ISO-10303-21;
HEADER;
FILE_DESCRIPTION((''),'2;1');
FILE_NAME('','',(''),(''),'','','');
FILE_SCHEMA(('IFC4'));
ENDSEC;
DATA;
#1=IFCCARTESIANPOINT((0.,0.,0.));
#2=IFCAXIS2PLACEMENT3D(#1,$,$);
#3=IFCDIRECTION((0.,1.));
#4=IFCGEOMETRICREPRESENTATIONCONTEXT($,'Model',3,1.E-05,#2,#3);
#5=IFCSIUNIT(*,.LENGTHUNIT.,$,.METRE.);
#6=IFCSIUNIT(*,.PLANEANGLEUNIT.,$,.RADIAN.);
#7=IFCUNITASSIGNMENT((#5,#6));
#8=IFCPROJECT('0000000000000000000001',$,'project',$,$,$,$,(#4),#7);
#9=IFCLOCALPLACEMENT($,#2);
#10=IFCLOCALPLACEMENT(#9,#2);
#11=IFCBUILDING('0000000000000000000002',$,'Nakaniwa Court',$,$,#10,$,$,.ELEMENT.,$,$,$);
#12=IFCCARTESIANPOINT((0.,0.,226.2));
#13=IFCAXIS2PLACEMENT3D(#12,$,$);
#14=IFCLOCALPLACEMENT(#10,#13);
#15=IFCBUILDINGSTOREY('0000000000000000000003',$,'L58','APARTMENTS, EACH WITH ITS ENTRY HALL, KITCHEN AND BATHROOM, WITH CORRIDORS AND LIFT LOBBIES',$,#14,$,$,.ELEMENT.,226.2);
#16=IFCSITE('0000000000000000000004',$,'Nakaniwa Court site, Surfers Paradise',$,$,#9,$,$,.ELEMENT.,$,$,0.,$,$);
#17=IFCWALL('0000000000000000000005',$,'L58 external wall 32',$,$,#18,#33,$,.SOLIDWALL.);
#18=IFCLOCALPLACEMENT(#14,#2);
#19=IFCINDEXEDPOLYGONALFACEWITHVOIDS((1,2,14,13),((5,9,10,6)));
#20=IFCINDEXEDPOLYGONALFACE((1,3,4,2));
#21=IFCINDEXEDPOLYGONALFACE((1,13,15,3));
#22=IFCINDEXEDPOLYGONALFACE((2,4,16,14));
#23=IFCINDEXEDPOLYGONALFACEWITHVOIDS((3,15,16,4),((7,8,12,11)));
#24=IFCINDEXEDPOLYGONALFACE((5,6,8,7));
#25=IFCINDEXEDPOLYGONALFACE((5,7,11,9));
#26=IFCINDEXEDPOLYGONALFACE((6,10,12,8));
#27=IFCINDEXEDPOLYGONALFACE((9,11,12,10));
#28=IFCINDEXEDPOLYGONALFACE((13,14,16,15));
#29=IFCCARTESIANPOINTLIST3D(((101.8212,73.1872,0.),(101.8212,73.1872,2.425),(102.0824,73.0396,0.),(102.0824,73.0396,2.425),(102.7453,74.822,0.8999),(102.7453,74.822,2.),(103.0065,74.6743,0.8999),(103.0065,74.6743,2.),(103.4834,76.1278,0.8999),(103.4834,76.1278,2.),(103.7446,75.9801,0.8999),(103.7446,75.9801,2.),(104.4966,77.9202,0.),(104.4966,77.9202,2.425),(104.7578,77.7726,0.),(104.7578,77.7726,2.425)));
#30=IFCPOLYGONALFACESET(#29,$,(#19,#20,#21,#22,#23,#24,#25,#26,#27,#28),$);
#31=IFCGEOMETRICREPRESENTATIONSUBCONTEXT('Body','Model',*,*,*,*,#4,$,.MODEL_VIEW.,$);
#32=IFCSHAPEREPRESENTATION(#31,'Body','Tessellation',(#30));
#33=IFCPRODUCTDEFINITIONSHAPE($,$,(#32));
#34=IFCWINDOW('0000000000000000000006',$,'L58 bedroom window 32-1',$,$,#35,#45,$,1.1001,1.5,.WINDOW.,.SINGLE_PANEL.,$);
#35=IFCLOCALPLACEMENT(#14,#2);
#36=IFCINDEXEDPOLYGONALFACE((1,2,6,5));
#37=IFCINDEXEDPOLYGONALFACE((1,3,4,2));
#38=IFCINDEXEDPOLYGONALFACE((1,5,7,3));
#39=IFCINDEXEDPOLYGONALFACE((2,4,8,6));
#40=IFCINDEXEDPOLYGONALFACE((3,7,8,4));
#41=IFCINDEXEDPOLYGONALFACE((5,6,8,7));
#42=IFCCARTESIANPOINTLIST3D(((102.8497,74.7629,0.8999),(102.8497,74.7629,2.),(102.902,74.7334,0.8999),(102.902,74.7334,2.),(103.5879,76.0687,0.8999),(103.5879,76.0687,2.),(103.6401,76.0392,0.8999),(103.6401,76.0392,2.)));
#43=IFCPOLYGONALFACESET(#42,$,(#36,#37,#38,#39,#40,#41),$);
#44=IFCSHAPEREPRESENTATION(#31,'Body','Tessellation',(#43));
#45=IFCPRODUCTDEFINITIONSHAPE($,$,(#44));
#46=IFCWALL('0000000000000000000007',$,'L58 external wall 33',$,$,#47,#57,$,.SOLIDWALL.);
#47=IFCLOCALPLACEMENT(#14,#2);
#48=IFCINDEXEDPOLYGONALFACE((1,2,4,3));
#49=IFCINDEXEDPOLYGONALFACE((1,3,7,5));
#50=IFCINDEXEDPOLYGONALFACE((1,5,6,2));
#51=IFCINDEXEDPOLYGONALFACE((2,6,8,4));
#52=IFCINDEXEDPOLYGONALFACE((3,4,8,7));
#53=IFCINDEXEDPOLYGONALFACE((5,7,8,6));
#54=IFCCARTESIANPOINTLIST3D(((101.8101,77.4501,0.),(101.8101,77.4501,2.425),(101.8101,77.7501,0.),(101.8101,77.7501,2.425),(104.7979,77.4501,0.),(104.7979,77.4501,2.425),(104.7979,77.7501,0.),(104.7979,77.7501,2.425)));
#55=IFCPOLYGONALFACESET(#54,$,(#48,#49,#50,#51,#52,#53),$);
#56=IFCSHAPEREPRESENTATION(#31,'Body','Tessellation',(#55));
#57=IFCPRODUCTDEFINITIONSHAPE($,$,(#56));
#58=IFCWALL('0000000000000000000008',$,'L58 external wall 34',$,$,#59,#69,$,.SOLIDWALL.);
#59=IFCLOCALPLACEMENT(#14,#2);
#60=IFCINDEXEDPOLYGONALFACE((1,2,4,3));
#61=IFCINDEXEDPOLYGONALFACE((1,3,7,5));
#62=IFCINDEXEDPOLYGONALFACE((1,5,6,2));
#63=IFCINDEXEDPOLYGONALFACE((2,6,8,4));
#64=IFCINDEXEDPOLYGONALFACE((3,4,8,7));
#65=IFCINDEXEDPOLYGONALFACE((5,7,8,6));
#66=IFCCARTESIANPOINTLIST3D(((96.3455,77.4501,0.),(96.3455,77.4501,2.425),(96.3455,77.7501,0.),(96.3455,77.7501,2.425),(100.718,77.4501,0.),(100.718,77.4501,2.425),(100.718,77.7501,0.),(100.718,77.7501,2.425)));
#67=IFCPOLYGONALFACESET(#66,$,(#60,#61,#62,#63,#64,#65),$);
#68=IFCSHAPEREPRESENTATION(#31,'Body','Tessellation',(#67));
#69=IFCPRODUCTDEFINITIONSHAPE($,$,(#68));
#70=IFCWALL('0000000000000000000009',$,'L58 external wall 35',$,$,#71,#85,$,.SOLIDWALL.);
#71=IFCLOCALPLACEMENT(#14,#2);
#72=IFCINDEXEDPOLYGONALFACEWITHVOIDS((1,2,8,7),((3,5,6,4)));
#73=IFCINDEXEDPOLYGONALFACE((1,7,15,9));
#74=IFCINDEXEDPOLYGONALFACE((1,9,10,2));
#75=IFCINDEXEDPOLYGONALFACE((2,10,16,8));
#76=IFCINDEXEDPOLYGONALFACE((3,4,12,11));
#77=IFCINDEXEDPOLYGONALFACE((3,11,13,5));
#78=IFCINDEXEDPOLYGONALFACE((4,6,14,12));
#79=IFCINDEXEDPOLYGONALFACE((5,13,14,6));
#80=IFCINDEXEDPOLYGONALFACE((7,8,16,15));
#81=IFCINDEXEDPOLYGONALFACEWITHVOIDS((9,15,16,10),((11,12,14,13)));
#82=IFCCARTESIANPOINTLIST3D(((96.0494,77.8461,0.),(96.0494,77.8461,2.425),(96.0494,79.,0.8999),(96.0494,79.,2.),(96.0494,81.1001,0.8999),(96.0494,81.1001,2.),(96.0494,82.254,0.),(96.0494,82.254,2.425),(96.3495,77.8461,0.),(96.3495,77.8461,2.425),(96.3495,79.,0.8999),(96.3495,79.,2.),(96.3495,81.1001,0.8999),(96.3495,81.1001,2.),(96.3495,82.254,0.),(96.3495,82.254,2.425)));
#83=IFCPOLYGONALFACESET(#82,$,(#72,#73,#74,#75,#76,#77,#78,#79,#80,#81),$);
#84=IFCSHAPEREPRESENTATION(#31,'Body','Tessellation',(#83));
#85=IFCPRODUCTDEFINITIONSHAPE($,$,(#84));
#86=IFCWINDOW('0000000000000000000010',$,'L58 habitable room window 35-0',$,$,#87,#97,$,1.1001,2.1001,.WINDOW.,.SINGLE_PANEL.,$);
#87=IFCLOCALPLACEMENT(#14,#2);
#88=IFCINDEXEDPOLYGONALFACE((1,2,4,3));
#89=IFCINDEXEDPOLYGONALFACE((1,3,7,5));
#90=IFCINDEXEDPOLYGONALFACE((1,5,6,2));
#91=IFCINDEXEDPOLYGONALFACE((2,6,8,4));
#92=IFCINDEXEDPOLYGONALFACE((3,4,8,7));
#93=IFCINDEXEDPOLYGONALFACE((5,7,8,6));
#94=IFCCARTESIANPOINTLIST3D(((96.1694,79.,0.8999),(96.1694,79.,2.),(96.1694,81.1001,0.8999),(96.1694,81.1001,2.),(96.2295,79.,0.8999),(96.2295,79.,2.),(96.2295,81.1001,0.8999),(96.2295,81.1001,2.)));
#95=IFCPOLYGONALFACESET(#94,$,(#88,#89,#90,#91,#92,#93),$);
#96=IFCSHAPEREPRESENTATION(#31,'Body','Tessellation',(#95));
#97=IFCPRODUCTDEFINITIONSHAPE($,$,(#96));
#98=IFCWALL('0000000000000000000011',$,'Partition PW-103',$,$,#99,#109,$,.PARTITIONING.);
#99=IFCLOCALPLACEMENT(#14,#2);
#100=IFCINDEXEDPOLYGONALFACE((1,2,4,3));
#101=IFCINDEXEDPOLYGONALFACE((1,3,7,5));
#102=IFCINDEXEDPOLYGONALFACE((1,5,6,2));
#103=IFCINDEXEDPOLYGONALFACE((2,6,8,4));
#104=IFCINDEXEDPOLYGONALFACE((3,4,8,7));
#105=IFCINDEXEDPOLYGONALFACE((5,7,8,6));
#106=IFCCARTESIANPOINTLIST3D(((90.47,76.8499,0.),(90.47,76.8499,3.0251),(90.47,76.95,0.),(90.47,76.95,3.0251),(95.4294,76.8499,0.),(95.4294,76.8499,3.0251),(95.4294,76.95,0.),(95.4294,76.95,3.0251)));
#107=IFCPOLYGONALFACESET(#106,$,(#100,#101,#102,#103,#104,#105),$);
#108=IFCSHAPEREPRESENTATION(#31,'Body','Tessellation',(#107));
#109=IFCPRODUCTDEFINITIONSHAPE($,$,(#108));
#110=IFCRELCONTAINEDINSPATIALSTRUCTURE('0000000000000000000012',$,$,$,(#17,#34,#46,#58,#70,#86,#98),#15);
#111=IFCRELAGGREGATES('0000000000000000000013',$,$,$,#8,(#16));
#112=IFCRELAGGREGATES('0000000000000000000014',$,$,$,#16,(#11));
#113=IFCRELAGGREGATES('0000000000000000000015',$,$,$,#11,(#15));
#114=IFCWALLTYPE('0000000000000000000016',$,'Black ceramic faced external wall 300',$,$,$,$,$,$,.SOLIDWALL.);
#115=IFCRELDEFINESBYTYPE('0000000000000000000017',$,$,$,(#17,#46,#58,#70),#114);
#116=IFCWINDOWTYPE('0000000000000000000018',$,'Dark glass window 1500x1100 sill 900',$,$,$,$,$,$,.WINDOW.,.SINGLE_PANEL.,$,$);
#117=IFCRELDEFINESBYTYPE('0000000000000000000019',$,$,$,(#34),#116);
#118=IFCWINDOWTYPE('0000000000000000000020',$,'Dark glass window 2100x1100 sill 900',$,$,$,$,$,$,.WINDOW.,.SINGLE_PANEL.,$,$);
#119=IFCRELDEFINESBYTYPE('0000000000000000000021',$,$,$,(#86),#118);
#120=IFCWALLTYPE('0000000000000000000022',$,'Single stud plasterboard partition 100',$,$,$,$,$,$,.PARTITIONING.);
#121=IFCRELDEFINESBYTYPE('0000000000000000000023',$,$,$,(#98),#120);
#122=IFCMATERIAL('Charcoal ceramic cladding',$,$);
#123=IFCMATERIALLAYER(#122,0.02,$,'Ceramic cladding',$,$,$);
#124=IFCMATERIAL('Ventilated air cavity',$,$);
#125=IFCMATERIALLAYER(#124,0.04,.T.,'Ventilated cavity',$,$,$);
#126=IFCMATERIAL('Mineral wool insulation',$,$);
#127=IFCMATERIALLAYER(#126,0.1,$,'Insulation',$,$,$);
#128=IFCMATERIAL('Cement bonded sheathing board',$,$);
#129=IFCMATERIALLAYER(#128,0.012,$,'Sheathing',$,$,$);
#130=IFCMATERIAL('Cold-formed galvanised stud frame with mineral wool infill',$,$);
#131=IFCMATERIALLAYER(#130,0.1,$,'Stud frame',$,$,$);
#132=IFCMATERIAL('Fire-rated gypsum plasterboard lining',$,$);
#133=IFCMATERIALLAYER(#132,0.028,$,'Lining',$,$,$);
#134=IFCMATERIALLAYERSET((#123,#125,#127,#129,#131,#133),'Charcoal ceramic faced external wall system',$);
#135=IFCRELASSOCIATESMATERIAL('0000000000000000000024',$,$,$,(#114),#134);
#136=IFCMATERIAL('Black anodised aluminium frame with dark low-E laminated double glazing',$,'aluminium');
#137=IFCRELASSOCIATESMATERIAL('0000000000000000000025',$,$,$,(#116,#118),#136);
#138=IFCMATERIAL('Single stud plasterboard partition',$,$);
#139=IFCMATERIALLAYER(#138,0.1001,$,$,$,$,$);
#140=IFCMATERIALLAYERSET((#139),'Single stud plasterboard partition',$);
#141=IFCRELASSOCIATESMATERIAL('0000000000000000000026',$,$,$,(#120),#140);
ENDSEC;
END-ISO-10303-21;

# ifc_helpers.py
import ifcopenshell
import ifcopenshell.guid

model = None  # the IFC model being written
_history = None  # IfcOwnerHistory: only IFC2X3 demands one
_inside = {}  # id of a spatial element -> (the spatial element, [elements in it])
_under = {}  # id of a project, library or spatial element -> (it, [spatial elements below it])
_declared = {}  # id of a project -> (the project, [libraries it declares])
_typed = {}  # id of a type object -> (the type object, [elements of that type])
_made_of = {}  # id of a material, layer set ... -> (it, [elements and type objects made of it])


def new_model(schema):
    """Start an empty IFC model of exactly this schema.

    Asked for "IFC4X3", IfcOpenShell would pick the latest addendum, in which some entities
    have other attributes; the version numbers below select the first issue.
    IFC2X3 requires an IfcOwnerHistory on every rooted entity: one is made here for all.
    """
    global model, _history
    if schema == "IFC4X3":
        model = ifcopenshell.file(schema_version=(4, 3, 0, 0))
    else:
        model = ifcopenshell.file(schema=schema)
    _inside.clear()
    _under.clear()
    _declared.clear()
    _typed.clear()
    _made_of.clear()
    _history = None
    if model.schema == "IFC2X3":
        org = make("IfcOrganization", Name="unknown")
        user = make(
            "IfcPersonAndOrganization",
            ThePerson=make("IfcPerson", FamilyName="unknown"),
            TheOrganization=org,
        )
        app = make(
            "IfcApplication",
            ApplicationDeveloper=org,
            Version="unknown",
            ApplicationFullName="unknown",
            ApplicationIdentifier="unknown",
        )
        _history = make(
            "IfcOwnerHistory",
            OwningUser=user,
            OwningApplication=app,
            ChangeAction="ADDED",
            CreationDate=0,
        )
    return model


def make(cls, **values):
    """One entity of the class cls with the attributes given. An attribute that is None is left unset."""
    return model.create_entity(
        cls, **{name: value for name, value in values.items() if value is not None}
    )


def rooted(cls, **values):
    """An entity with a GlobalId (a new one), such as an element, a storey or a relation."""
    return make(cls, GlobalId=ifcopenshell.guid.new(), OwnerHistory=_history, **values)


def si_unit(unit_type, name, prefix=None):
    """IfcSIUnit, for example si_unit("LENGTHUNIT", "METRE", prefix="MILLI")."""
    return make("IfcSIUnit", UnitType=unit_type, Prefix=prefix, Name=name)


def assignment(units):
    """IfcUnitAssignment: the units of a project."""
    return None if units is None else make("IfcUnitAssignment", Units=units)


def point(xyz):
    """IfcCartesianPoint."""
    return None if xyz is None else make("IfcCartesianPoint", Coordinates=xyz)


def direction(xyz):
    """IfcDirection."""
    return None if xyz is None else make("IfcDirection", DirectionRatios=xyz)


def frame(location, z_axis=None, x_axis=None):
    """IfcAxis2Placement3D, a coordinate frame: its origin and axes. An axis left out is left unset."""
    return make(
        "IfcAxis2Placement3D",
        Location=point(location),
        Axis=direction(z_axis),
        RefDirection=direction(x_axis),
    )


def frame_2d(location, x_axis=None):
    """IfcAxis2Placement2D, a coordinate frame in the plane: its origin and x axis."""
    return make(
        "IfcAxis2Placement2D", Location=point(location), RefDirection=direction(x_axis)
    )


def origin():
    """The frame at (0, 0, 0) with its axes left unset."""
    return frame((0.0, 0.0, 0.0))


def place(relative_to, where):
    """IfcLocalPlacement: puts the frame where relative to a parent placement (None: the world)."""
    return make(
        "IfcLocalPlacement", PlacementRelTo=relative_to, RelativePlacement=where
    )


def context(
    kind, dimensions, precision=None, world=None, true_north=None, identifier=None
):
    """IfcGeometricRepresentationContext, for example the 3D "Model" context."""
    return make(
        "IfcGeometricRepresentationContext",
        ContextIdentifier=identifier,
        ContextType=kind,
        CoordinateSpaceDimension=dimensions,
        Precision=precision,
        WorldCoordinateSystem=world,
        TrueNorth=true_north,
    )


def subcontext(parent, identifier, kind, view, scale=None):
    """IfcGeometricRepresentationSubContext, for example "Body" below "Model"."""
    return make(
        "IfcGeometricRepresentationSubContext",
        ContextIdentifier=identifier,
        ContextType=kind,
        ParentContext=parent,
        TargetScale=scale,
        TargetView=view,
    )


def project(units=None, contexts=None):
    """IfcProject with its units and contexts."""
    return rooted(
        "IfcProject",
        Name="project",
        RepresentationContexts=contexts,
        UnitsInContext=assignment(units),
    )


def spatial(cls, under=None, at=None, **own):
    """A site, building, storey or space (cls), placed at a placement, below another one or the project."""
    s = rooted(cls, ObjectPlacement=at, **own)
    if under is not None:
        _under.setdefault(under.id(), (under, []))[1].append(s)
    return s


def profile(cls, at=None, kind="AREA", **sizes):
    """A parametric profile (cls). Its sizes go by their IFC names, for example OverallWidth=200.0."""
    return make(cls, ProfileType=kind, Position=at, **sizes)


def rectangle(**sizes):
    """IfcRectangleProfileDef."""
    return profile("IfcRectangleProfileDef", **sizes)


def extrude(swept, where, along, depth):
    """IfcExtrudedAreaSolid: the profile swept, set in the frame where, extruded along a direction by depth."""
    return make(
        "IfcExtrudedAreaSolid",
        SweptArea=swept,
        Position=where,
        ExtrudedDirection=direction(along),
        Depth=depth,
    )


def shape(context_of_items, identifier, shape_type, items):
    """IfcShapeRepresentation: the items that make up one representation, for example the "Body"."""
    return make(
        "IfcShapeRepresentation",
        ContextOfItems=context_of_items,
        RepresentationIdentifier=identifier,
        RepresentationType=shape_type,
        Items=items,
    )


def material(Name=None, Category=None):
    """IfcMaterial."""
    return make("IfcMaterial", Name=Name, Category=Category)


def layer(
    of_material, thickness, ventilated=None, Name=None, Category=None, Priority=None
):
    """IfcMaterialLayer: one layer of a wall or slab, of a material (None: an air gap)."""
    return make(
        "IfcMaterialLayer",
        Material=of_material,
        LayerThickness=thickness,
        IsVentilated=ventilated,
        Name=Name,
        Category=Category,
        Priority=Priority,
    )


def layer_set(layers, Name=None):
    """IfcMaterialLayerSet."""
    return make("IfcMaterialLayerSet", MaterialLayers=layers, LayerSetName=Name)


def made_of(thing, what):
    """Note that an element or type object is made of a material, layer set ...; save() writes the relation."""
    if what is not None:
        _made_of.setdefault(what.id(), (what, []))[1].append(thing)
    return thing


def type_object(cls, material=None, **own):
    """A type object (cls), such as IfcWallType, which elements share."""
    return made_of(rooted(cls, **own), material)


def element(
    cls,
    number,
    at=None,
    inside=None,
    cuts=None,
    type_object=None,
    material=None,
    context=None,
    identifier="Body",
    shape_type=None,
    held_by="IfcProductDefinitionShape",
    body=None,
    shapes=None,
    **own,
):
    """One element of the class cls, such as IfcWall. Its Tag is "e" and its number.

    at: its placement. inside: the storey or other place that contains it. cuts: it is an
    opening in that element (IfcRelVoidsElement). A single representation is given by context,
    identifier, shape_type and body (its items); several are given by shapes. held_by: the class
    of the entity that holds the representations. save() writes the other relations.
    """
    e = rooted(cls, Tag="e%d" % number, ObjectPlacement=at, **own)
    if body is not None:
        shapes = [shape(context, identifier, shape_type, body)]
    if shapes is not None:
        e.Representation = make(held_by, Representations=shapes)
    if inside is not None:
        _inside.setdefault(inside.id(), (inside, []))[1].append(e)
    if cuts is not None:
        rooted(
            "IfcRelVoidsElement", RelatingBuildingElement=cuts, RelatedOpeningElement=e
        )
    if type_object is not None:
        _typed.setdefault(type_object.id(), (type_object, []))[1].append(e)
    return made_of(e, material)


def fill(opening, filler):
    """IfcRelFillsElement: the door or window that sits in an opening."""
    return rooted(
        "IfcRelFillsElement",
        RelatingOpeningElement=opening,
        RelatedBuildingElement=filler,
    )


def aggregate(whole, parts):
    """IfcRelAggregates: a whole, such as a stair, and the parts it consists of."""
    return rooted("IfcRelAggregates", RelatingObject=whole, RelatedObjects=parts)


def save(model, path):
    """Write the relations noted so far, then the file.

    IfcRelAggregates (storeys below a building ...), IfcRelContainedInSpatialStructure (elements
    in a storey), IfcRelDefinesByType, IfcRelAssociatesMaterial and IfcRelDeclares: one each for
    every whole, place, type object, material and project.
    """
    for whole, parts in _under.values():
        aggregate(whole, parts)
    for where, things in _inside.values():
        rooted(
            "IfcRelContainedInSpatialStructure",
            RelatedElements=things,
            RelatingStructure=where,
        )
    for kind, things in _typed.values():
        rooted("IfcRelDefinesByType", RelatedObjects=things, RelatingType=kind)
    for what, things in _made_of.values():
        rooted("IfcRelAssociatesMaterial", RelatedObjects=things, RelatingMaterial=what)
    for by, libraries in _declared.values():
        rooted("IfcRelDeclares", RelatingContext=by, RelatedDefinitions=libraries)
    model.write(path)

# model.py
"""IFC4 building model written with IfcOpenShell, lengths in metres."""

from ifc_helpers import new_model, si_unit, direction, frame, frame_2d, origin, place, context, subcontext, project, spatial, rectangle, extrude, material, layer, layer_set, type_object, element, fill, save


model = new_model("IFC4")

# Units and contexts
model_context = context("Model", 3, precision=1e-05, world=origin(), true_north=direction((0.0, 1.0)))
body_context = subcontext(model_context, "Body", "Model", "MODEL_VIEW")
ifc_project = project(units=[si_unit("LENGTHUNIT", "METRE"), si_unit("PLANEANGLEUNIT", "RADIAN")], contexts=[model_context])

# Site, building, storey
site_placement = place(None, origin())
site = spatial("IfcSite", under=ifc_project, at=site_placement, Name="Nakaniwa Court site, Surfers Paradise", CompositionType="ELEMENT", RefElevation=0.0)
building_placement = place(site_placement, origin())
building = spatial("IfcBuilding", under=site, at=building_placement, Name="Nakaniwa Court", CompositionType="ELEMENT")
storey_placement = place(building_placement, frame((0.0, 0.0, 226.2)))
storey = spatial("IfcBuildingStorey", under=building, at=storey_placement, Name="L58", Description="APARTMENTS, EACH WITH ITS ENTRY HALL, KITCHEN AND BATHROOM, WITH CORRIDORS AND LIFT LOBBIES", CompositionType="ELEMENT", Elevation=226.2)

# Shared definitions
ifc_material_1 = material(Name="Charcoal ceramic cladding")
ifc_layer_1 = layer(ifc_material_1, 0.02, Name="Ceramic cladding")
ifc_material_2 = material(Name="Ventilated air cavity")
ifc_layer_2 = layer(ifc_material_2, 0.04, ventilated=True, Name="Ventilated cavity")
ifc_material_3 = material(Name="Mineral wool insulation")
ifc_layer_3 = layer(ifc_material_3, 0.1, Name="Insulation")
ifc_material_4 = material(Name="Cement bonded sheathing board")
ifc_layer_4 = layer(ifc_material_4, 0.012, Name="Sheathing")
ifc_material_5 = material(Name="Cold-formed galvanised stud frame with mineral wool infill")
ifc_layer_5 = layer(ifc_material_5, 0.1, Name="Stud frame")
ifc_material_6 = material(Name="Fire-rated gypsum plasterboard lining")
ifc_layer_6 = layer(ifc_material_6, 0.028, Name="Lining")
ifc_layer_set_1 = layer_set([ifc_layer_1, ifc_layer_2, ifc_layer_3, ifc_layer_4, ifc_layer_5, ifc_layer_6], Name="Charcoal ceramic faced external wall system")
wall_type_1 = type_object("IfcWallType", Name="Black ceramic faced external wall 300", PredefinedType="SOLIDWALL", material=ifc_layer_set_1)

# Wall, opening, window
ifc_material_7 = material(Name="Black anodised aluminium frame with dark low-E laminated double glazing", Category="aluminium")
window_type_1 = type_object("IfcWindowType", Name="Dark glass window 1500x1100 sill 900", PartitioningType="SINGLE_PANEL", PredefinedType="WINDOW", material=ifc_material_7)
wall_1_placement = place(storey_placement, frame((101.9519, 73.1135, 0.0), z_axis=(0.0, 0.0, 1.0), x_axis=(0.492081, 0.870549, 0.0)))
wall_1 = element("IfcWall", 1, at=wall_1_placement, inside=storey, type_object=wall_type_1, Name="L58 external wall 32", PredefinedType="SOLIDWALL", context=body_context, shape_type="SweptSolid", body=[
    extrude(rectangle(XDim=5.4368, YDim=0.3, at=frame_2d((2.7183, 0.0))), origin(), (0.0, 0.0, 1.0), 2.425),
])
opening_1_placement = place(wall_1_placement, frame((1.8777, 0.0, 0.8999)))
opening_1 = element("IfcOpeningElement", 2, at=opening_1_placement, cuts=wall_1, PredefinedType="OPENING", context=body_context, shape_type="SweptSolid", body=[
    extrude(rectangle(XDim=1.5, YDim=1.1001, at=frame_2d((0.75, 0.55))), frame((0.0, 0.1599, 0.0), z_axis=(0.0, -1.0, 0.0), x_axis=(1.0, 0.0, 0.0)), (0.0, 0.0, 1.0), 0.3201),
])
window_1_placement = place(opening_1_placement, origin())
window_1 = element("IfcWindow", 3, at=window_1_placement, inside=storey, type_object=window_type_1, Name="L58 bedroom window 32-1", OverallHeight=1.1001, OverallWidth=1.5, PartitioningType="SINGLE_PANEL", PredefinedType="WINDOW", context=body_context, shape_type="SweptSolid", body=[
    extrude(rectangle(XDim=1.5, YDim=1.1001, at=frame_2d((0.75, 0.55))), frame((0.0, 0.03, 0.0), z_axis=(0.0, -1.0, 0.0), x_axis=(1.0, 0.0, 0.0)), (0.0, 0.0, 1.0), 0.0601),
])
fill(opening_1, window_1)

# Walls
wall_2_placement = place(storey_placement, frame((104.7979, 77.6001, 0.0), z_axis=(0.0, 0.0, 1.0), x_axis=(-1.0, 0.0, 0.0)))
element("IfcWall", 4, at=wall_2_placement, inside=storey, type_object=wall_type_1, Name="L58 external wall 33", PredefinedType="SOLIDWALL", context=body_context, shape_type="SweptSolid", body=[
    extrude(rectangle(XDim=2.9878, YDim=0.3, at=frame_2d((1.4939, 0.0))), origin(), (0.0, 0.0, 1.0), 2.425),
])
wall_3_placement = place(storey_placement, frame((100.718, 77.6001, 0.0), z_axis=(0.0, 0.0, 1.0), x_axis=(-1.0, 0.0, 0.0)))
element("IfcWall", 5, at=wall_3_placement, inside=storey, type_object=wall_type_1, Name="L58 external wall 34", PredefinedType="SOLIDWALL", context=body_context, shape_type="SweptSolid", body=[
    extrude(rectangle(XDim=4.3726, YDim=0.3, at=frame_2d((2.1863, 0.0))), origin(), (0.0, 0.0, 1.0), 2.425),
])

# Wall, opening, window
wall_4_placement = place(storey_placement, frame((96.1995, 77.8459, 0.0), z_axis=(0.0, 0.0, 1.0), x_axis=(0.0, 1.0, 0.0)))
wall_4 = element("IfcWall", 6, at=wall_4_placement, inside=storey, type_object=wall_type_1, Name="L58 external wall 35", PredefinedType="SOLIDWALL", context=body_context, shape_type="SweptSolid", body=[
    extrude(rectangle(XDim=4.408, YDim=0.3, at=frame_2d((2.2041, 0.0))), origin(), (0.0, 0.0, 1.0), 2.425),
])
opening_2_placement = place(wall_4_placement, frame((1.1541, 0.0, 0.8999)))
opening_2 = element("IfcOpeningElement", 7, at=opening_2_placement, cuts=wall_4, PredefinedType="OPENING", context=body_context, shape_type="SweptSolid", body=[
    extrude(rectangle(XDim=2.1001, YDim=1.1001, at=frame_2d((1.05, 0.55))), frame((0.0, 0.1599, 0.0), z_axis=(0.0, -1.0, 0.0), x_axis=(1.0, 0.0, 0.0)), (0.0, 0.0, 1.0), 0.3201),
])
window_type_2 = type_object("IfcWindowType", Name="Dark glass window 2100x1100 sill 900", PartitioningType="SINGLE_PANEL", PredefinedType="WINDOW", material=ifc_material_7)
window_2_placement = place(opening_2_placement, origin())
window_2 = element("IfcWindow", 8, at=window_2_placement, inside=storey, type_object=window_type_2, Name="L58 habitable room window 35-0", OverallHeight=1.1001, OverallWidth=2.1001, PartitioningType="SINGLE_PANEL", PredefinedType="WINDOW", context=body_context, shape_type="SweptSolid", body=[
    extrude(rectangle(XDim=2.1001, YDim=1.1001, at=frame_2d((1.05, 0.55))), frame((0.0, 0.03, 0.0), z_axis=(0.0, -1.0, 0.0), x_axis=(1.0, 0.0, 0.0)), (0.0, 0.0, 1.0), 0.0601),
])
fill(opening_2, window_2)

# Wall
ifc_material_8 = material(Name="Single stud plasterboard partition")
ifc_layer_7 = layer(ifc_material_8, 0.1001)
ifc_layer_set_2 = layer_set([ifc_layer_7], Name="Single stud plasterboard partition")
wall_type_2 = type_object("IfcWallType", Name="Single stud plasterboard partition 100", PredefinedType="PARTITIONING", material=ifc_layer_set_2)
wall_5_placement = place(storey_placement, frame((90.47, 76.8999, 0.0), z_axis=(0.0, 0.0, 1.0), x_axis=(1.0, 0.0, 0.0)))
element("IfcWall", 9, at=wall_5_placement, inside=storey, type_object=wall_type_2, Name="Partition PW-103", PredefinedType="PARTITIONING", context=body_context, shape_type="SweptSolid", body=[
    extrude(rectangle(XDim=4.9595, YDim=0.1001, at=frame_2d((2.4797, 0.0))), origin(), (0.0, 0.0, 1.0), 3.0251),
])

save(model, "model.ifc")
